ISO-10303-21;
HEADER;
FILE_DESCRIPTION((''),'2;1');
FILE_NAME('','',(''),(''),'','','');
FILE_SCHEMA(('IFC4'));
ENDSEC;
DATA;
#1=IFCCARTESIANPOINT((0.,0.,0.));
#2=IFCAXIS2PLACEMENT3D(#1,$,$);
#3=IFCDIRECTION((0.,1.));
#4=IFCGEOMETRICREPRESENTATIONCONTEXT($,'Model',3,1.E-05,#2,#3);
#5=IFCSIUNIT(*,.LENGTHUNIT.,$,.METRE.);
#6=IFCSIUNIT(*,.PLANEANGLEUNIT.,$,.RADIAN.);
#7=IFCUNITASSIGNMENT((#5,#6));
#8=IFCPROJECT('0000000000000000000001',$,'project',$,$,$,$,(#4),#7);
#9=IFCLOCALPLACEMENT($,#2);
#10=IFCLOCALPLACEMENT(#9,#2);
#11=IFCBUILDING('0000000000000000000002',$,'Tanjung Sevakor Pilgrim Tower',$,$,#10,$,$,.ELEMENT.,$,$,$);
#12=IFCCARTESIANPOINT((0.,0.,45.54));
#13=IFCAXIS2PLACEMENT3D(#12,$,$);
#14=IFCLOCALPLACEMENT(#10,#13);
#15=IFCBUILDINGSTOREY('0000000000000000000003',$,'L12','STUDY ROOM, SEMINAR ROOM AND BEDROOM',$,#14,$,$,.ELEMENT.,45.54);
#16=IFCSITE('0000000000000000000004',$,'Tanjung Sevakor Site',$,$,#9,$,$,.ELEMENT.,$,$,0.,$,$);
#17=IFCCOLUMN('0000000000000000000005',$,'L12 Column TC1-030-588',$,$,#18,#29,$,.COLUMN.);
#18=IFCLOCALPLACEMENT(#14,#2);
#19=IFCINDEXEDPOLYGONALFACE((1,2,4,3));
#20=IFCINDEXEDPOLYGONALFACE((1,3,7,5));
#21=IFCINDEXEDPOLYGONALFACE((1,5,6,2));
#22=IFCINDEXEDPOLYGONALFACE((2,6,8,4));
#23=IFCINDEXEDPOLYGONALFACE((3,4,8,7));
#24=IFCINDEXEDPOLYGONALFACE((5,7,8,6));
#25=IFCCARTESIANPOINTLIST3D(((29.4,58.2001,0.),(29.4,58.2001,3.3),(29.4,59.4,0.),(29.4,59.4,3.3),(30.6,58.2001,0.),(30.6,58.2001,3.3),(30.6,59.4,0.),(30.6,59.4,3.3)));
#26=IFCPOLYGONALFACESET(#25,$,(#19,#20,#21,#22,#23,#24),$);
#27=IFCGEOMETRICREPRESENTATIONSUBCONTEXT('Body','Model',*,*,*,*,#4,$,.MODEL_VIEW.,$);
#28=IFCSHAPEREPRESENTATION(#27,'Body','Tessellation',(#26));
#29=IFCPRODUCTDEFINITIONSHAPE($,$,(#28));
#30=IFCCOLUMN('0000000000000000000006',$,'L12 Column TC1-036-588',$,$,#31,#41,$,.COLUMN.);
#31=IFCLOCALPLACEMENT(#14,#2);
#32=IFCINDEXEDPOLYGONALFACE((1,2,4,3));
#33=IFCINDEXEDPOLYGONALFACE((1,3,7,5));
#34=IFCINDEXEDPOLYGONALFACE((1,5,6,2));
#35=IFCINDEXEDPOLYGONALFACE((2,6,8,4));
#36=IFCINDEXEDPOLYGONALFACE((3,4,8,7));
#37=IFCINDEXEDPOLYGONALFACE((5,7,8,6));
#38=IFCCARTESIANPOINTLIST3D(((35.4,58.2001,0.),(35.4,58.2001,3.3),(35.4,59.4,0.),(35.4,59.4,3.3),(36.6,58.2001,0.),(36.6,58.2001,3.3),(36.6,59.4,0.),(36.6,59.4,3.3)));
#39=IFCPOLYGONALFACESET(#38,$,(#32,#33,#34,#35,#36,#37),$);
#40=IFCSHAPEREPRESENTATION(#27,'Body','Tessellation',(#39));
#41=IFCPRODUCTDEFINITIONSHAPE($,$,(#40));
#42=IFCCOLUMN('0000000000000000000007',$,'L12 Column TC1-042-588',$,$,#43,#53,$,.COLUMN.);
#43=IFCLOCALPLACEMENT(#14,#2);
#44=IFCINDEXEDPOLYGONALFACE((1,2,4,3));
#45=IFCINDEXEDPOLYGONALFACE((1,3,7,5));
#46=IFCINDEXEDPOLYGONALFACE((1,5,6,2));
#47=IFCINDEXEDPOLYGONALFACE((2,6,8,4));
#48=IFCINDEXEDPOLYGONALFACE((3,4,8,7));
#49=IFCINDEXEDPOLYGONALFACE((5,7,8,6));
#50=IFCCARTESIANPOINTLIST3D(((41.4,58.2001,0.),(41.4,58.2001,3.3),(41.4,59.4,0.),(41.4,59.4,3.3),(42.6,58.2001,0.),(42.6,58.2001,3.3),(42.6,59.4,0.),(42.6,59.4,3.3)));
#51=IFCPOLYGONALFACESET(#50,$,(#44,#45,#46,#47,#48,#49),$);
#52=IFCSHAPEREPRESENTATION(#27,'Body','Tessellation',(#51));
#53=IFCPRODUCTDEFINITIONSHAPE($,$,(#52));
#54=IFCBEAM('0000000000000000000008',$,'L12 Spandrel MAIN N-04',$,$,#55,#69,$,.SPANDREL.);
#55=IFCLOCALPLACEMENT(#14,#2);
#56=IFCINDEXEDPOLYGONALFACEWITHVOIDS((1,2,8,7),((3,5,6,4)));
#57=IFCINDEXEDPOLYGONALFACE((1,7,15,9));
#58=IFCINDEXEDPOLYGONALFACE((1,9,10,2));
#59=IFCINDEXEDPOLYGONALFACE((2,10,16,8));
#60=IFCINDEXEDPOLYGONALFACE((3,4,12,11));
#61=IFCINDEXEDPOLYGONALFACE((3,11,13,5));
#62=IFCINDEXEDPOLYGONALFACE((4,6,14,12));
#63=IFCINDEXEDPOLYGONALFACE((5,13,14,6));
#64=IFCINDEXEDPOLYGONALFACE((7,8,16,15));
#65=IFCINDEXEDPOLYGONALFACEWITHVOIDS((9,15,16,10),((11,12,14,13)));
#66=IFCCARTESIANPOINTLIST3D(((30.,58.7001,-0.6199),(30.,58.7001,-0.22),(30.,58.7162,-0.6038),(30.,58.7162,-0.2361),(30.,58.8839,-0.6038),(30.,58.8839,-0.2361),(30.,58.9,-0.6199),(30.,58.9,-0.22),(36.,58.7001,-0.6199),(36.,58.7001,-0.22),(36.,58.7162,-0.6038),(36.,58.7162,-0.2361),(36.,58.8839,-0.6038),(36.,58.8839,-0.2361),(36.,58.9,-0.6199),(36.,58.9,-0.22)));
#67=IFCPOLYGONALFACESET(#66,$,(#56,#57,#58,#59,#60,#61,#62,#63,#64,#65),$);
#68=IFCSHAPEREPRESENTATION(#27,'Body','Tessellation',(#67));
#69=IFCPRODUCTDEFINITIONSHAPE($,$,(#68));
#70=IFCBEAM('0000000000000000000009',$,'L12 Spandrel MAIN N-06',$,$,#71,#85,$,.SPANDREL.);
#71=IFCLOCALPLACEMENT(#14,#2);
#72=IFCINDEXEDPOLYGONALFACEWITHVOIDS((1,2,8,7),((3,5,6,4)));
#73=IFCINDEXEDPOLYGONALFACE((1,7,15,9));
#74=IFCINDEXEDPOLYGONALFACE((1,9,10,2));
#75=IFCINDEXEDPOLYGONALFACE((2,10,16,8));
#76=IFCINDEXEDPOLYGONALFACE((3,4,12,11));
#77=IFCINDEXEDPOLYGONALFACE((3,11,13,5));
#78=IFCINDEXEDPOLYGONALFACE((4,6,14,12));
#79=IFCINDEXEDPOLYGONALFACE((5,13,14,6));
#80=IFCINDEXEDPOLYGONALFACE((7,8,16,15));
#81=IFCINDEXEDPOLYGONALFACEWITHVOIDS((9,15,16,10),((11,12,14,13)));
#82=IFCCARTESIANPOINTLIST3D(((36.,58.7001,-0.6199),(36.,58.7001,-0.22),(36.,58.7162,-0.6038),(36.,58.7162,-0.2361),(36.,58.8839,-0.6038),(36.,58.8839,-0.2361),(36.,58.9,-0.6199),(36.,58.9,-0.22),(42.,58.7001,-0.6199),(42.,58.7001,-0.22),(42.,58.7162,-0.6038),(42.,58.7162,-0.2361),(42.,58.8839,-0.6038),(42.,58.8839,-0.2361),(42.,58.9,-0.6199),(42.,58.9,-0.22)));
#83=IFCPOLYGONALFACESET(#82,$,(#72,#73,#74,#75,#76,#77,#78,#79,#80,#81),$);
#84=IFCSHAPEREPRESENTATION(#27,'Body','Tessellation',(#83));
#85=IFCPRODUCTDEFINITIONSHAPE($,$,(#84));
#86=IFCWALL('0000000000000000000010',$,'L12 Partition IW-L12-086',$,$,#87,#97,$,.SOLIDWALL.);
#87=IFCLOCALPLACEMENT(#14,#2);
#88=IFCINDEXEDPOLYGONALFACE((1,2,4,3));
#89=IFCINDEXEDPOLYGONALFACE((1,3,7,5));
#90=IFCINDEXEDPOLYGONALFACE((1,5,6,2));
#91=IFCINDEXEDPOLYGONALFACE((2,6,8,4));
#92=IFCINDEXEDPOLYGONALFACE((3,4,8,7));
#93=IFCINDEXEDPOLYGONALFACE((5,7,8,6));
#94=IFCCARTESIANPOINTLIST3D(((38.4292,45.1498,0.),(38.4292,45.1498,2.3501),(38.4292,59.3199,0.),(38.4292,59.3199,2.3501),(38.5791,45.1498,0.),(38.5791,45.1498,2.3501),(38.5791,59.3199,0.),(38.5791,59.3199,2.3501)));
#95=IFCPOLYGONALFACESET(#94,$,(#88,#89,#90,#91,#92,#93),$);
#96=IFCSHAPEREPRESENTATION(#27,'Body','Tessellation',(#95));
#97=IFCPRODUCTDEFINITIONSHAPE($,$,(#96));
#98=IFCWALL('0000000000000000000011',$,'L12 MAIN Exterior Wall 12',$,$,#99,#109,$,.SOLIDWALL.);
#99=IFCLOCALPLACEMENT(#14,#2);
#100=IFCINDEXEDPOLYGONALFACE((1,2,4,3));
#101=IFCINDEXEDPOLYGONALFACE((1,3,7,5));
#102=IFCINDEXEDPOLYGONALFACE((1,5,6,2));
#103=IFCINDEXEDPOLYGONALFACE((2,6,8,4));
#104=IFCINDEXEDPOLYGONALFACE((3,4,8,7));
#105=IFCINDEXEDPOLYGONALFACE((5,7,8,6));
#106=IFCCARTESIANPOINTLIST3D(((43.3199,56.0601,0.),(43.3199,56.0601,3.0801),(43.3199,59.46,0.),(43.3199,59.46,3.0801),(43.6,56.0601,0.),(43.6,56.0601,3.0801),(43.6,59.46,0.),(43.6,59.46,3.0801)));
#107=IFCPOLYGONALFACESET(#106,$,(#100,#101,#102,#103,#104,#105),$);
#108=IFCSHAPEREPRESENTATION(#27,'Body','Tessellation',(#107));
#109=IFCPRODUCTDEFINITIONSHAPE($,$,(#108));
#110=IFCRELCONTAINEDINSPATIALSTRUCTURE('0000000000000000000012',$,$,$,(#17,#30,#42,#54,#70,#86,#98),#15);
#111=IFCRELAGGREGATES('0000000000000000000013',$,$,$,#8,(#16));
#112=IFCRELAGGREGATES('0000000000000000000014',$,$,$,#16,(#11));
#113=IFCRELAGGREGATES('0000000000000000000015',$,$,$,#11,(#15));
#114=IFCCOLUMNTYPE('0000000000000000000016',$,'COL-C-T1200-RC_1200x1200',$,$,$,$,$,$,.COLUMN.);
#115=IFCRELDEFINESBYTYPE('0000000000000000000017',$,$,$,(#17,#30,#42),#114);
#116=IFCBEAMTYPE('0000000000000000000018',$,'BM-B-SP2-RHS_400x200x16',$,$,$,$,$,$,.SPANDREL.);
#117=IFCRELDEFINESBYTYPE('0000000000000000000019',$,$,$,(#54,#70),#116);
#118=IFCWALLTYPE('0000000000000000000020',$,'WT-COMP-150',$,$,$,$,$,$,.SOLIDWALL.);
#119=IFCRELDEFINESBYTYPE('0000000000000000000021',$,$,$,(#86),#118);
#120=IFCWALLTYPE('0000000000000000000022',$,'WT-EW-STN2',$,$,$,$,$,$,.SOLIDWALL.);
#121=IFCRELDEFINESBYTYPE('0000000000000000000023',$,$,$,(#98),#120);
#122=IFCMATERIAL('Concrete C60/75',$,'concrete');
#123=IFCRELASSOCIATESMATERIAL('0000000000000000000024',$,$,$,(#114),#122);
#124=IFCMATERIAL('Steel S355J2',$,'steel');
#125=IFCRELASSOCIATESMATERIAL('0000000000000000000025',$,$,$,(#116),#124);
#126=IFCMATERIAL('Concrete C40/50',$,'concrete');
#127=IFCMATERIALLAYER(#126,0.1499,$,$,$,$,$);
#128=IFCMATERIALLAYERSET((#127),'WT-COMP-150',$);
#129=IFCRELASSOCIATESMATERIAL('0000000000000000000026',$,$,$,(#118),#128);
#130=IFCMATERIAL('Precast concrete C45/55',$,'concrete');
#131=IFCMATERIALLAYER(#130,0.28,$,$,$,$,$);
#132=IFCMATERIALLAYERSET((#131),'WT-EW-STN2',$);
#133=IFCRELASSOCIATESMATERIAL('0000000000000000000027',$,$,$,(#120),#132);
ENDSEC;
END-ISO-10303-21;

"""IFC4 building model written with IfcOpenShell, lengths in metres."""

from ifc_helpers import new_model, si_unit, direction, frame, frame_2d, origin, origin_2d, place, context, subcontext, project, spatial, rectangle, hollow_rectangle, extrude, material, layer, layer_set, material_profile, profile_set, type_object, element, save


model = new_model("IFC4")

# Units and contexts
model_context = context("Model", 3, precision=1e-05, world=origin(), true_north=direction((0.0, 1.0)))
body_context = subcontext(model_context, "Body", "Model", "MODEL_VIEW")
ifc_project = project(units=[si_unit("LENGTHUNIT", "METRE"), si_unit("PLANEANGLEUNIT", "RADIAN")], contexts=[model_context])

# Site, building, storey
site_placement = place(None, origin())
site = spatial("IfcSite", under=ifc_project, at=site_placement, Name="Tanjung Sevakor Site", CompositionType="ELEMENT", RefElevation=0.0)
building_placement = place(site_placement, origin())
building = spatial("IfcBuilding", under=site, at=building_placement, Name="Tanjung Sevakor Pilgrim Tower", CompositionType="ELEMENT")
storey_placement = place(building_placement, frame((0.0, 0.0, 45.54)))
storey = spatial("IfcBuildingStorey", under=building, at=storey_placement, Name="L12", Description="STUDY ROOM, SEMINAR ROOM AND BEDROOM", CompositionType="ELEMENT", Elevation=45.54)

# Columns
ifc_material_1 = material(Name="Concrete C60/75", Category="concrete")
ifc_material_profile_1 = material_profile(ifc_material_1, rectangle(XDim=1.2, YDim=1.2, at=origin_2d()))
ifc_profile_set_1 = profile_set([ifc_material_profile_1], Name="Concrete C60/75")
column_type = type_object("IfcColumnType", Name="COL-C-T1200-RC_1200x1200", PredefinedType="COLUMN", material=ifc_profile_set_1)
for number, where, z_axis, x_axis, name in (
    (1, (30.0, 58.8, 0.0), (0.0, 0.0, 1.0), (1.0, 0.0, 0.0), "L12 Column TC1-030-588"),
    (2, (36.0, 58.8, 0.0), (0.0, 0.0, 1.0), (1.0, 0.0, 0.0), "L12 Column TC1-036-588"),
    (3, (42.0, 58.8, 0.0), (0.0, 0.0, 1.0), (1.0, 0.0, 0.0), "L12 Column TC1-042-588"),
):
    element("IfcColumn", number, at=place(storey_placement, frame(where, z_axis=z_axis, x_axis=x_axis)), inside=storey, type_object=column_type, Name=name, PredefinedType="COLUMN", context=body_context, shape_type="SweptSolid", body=[
        extrude(rectangle(XDim=1.2, YDim=1.2, at=origin_2d()), origin(), (0.0, 0.0, 1.0), 3.3),
    ])

# Beams
ifc_material_2 = material(Name="Steel S355J2", Category="steel")
ifc_material_profile_2 = material_profile(ifc_material_2, hollow_rectangle(XDim=0.2, YDim=0.3999, WallThickness=0.0161, at=origin_2d()))
ifc_profile_set_2 = profile_set([ifc_material_profile_2], Name="Steel S355J2")
beam_type = type_object("IfcBeamType", Name="BM-B-SP2-RHS_400x200x16", PredefinedType="SPANDREL", material=ifc_profile_set_2)
for number, where, z_axis, x_axis, name in (
    (4, (30.0, 58.8, -0.4199), (1.0, 0.0, 0.0), (0.0, 1.0, 0.0), "L12 Spandrel MAIN N-04"),
    (5, (36.0, 58.8, -0.4199), (1.0, 0.0, 0.0), (0.0, 1.0, 0.0), "L12 Spandrel MAIN N-06"),
):
    element("IfcBeam", number, at=place(storey_placement, frame(where, z_axis=z_axis, x_axis=x_axis)), inside=storey, type_object=beam_type, Name=name, PredefinedType="SPANDREL", context=body_context, shape_type="SweptSolid", body=[
        extrude(hollow_rectangle(XDim=0.2, YDim=0.3999, WallThickness=0.0161, at=origin_2d()), origin(), (0.0, 0.0, 1.0), 6.0),
    ])

# Wall
ifc_material_3 = material(Name="Concrete C40/50", Category="concrete")
ifc_layer_1 = layer(ifc_material_3, 0.1499)
ifc_layer_set_1 = layer_set([ifc_layer_1], Name="WT-COMP-150")
wall_type_1 = type_object("IfcWallType", Name="WT-COMP-150", PredefinedType="SOLIDWALL", material=ifc_layer_set_1)
wall_1_placement = place(storey_placement, frame((38.5042, 45.1499, 0.0), z_axis=(0.0, 0.0, 1.0), x_axis=(0.0, 1.0, 0.0)))
element("IfcWall", 6, at=wall_1_placement, inside=storey, type_object=wall_type_1, Name="L12 Partition IW-L12-086", PredefinedType="SOLIDWALL", context=body_context, shape_type="SweptSolid", body=[
    extrude(rectangle(XDim=14.1702, YDim=0.1499, at=frame_2d((7.085, 0.0))), origin(), (0.0, 0.0, 1.0), 2.3501),
])

# Wall
ifc_material_4 = material(Name="Precast concrete C45/55", Category="concrete")
ifc_layer_2 = layer(ifc_material_4, 0.28)
ifc_layer_set_2 = layer_set([ifc_layer_2], Name="WT-EW-STN2")
wall_type_2 = type_object("IfcWallType", Name="WT-EW-STN2", PredefinedType="SOLIDWALL", material=ifc_layer_set_2)
wall_2_placement = place(storey_placement, frame((43.46, 56.0601, 0.0), z_axis=(0.0, 0.0, 1.0), x_axis=(0.0, 1.0, 0.0)))
element("IfcWall", 7, at=wall_2_placement, inside=storey, type_object=wall_type_2, Name="L12 MAIN Exterior Wall 12", PredefinedType="SOLIDWALL", context=body_context, shape_type="SweptSolid", body=[
    extrude(rectangle(XDim=3.3999, YDim=0.28, at=frame_2d((1.7, 0.0))), origin(), (0.0, 0.0, 1.0), 3.0801),
])

save(model, "model.ifc")
